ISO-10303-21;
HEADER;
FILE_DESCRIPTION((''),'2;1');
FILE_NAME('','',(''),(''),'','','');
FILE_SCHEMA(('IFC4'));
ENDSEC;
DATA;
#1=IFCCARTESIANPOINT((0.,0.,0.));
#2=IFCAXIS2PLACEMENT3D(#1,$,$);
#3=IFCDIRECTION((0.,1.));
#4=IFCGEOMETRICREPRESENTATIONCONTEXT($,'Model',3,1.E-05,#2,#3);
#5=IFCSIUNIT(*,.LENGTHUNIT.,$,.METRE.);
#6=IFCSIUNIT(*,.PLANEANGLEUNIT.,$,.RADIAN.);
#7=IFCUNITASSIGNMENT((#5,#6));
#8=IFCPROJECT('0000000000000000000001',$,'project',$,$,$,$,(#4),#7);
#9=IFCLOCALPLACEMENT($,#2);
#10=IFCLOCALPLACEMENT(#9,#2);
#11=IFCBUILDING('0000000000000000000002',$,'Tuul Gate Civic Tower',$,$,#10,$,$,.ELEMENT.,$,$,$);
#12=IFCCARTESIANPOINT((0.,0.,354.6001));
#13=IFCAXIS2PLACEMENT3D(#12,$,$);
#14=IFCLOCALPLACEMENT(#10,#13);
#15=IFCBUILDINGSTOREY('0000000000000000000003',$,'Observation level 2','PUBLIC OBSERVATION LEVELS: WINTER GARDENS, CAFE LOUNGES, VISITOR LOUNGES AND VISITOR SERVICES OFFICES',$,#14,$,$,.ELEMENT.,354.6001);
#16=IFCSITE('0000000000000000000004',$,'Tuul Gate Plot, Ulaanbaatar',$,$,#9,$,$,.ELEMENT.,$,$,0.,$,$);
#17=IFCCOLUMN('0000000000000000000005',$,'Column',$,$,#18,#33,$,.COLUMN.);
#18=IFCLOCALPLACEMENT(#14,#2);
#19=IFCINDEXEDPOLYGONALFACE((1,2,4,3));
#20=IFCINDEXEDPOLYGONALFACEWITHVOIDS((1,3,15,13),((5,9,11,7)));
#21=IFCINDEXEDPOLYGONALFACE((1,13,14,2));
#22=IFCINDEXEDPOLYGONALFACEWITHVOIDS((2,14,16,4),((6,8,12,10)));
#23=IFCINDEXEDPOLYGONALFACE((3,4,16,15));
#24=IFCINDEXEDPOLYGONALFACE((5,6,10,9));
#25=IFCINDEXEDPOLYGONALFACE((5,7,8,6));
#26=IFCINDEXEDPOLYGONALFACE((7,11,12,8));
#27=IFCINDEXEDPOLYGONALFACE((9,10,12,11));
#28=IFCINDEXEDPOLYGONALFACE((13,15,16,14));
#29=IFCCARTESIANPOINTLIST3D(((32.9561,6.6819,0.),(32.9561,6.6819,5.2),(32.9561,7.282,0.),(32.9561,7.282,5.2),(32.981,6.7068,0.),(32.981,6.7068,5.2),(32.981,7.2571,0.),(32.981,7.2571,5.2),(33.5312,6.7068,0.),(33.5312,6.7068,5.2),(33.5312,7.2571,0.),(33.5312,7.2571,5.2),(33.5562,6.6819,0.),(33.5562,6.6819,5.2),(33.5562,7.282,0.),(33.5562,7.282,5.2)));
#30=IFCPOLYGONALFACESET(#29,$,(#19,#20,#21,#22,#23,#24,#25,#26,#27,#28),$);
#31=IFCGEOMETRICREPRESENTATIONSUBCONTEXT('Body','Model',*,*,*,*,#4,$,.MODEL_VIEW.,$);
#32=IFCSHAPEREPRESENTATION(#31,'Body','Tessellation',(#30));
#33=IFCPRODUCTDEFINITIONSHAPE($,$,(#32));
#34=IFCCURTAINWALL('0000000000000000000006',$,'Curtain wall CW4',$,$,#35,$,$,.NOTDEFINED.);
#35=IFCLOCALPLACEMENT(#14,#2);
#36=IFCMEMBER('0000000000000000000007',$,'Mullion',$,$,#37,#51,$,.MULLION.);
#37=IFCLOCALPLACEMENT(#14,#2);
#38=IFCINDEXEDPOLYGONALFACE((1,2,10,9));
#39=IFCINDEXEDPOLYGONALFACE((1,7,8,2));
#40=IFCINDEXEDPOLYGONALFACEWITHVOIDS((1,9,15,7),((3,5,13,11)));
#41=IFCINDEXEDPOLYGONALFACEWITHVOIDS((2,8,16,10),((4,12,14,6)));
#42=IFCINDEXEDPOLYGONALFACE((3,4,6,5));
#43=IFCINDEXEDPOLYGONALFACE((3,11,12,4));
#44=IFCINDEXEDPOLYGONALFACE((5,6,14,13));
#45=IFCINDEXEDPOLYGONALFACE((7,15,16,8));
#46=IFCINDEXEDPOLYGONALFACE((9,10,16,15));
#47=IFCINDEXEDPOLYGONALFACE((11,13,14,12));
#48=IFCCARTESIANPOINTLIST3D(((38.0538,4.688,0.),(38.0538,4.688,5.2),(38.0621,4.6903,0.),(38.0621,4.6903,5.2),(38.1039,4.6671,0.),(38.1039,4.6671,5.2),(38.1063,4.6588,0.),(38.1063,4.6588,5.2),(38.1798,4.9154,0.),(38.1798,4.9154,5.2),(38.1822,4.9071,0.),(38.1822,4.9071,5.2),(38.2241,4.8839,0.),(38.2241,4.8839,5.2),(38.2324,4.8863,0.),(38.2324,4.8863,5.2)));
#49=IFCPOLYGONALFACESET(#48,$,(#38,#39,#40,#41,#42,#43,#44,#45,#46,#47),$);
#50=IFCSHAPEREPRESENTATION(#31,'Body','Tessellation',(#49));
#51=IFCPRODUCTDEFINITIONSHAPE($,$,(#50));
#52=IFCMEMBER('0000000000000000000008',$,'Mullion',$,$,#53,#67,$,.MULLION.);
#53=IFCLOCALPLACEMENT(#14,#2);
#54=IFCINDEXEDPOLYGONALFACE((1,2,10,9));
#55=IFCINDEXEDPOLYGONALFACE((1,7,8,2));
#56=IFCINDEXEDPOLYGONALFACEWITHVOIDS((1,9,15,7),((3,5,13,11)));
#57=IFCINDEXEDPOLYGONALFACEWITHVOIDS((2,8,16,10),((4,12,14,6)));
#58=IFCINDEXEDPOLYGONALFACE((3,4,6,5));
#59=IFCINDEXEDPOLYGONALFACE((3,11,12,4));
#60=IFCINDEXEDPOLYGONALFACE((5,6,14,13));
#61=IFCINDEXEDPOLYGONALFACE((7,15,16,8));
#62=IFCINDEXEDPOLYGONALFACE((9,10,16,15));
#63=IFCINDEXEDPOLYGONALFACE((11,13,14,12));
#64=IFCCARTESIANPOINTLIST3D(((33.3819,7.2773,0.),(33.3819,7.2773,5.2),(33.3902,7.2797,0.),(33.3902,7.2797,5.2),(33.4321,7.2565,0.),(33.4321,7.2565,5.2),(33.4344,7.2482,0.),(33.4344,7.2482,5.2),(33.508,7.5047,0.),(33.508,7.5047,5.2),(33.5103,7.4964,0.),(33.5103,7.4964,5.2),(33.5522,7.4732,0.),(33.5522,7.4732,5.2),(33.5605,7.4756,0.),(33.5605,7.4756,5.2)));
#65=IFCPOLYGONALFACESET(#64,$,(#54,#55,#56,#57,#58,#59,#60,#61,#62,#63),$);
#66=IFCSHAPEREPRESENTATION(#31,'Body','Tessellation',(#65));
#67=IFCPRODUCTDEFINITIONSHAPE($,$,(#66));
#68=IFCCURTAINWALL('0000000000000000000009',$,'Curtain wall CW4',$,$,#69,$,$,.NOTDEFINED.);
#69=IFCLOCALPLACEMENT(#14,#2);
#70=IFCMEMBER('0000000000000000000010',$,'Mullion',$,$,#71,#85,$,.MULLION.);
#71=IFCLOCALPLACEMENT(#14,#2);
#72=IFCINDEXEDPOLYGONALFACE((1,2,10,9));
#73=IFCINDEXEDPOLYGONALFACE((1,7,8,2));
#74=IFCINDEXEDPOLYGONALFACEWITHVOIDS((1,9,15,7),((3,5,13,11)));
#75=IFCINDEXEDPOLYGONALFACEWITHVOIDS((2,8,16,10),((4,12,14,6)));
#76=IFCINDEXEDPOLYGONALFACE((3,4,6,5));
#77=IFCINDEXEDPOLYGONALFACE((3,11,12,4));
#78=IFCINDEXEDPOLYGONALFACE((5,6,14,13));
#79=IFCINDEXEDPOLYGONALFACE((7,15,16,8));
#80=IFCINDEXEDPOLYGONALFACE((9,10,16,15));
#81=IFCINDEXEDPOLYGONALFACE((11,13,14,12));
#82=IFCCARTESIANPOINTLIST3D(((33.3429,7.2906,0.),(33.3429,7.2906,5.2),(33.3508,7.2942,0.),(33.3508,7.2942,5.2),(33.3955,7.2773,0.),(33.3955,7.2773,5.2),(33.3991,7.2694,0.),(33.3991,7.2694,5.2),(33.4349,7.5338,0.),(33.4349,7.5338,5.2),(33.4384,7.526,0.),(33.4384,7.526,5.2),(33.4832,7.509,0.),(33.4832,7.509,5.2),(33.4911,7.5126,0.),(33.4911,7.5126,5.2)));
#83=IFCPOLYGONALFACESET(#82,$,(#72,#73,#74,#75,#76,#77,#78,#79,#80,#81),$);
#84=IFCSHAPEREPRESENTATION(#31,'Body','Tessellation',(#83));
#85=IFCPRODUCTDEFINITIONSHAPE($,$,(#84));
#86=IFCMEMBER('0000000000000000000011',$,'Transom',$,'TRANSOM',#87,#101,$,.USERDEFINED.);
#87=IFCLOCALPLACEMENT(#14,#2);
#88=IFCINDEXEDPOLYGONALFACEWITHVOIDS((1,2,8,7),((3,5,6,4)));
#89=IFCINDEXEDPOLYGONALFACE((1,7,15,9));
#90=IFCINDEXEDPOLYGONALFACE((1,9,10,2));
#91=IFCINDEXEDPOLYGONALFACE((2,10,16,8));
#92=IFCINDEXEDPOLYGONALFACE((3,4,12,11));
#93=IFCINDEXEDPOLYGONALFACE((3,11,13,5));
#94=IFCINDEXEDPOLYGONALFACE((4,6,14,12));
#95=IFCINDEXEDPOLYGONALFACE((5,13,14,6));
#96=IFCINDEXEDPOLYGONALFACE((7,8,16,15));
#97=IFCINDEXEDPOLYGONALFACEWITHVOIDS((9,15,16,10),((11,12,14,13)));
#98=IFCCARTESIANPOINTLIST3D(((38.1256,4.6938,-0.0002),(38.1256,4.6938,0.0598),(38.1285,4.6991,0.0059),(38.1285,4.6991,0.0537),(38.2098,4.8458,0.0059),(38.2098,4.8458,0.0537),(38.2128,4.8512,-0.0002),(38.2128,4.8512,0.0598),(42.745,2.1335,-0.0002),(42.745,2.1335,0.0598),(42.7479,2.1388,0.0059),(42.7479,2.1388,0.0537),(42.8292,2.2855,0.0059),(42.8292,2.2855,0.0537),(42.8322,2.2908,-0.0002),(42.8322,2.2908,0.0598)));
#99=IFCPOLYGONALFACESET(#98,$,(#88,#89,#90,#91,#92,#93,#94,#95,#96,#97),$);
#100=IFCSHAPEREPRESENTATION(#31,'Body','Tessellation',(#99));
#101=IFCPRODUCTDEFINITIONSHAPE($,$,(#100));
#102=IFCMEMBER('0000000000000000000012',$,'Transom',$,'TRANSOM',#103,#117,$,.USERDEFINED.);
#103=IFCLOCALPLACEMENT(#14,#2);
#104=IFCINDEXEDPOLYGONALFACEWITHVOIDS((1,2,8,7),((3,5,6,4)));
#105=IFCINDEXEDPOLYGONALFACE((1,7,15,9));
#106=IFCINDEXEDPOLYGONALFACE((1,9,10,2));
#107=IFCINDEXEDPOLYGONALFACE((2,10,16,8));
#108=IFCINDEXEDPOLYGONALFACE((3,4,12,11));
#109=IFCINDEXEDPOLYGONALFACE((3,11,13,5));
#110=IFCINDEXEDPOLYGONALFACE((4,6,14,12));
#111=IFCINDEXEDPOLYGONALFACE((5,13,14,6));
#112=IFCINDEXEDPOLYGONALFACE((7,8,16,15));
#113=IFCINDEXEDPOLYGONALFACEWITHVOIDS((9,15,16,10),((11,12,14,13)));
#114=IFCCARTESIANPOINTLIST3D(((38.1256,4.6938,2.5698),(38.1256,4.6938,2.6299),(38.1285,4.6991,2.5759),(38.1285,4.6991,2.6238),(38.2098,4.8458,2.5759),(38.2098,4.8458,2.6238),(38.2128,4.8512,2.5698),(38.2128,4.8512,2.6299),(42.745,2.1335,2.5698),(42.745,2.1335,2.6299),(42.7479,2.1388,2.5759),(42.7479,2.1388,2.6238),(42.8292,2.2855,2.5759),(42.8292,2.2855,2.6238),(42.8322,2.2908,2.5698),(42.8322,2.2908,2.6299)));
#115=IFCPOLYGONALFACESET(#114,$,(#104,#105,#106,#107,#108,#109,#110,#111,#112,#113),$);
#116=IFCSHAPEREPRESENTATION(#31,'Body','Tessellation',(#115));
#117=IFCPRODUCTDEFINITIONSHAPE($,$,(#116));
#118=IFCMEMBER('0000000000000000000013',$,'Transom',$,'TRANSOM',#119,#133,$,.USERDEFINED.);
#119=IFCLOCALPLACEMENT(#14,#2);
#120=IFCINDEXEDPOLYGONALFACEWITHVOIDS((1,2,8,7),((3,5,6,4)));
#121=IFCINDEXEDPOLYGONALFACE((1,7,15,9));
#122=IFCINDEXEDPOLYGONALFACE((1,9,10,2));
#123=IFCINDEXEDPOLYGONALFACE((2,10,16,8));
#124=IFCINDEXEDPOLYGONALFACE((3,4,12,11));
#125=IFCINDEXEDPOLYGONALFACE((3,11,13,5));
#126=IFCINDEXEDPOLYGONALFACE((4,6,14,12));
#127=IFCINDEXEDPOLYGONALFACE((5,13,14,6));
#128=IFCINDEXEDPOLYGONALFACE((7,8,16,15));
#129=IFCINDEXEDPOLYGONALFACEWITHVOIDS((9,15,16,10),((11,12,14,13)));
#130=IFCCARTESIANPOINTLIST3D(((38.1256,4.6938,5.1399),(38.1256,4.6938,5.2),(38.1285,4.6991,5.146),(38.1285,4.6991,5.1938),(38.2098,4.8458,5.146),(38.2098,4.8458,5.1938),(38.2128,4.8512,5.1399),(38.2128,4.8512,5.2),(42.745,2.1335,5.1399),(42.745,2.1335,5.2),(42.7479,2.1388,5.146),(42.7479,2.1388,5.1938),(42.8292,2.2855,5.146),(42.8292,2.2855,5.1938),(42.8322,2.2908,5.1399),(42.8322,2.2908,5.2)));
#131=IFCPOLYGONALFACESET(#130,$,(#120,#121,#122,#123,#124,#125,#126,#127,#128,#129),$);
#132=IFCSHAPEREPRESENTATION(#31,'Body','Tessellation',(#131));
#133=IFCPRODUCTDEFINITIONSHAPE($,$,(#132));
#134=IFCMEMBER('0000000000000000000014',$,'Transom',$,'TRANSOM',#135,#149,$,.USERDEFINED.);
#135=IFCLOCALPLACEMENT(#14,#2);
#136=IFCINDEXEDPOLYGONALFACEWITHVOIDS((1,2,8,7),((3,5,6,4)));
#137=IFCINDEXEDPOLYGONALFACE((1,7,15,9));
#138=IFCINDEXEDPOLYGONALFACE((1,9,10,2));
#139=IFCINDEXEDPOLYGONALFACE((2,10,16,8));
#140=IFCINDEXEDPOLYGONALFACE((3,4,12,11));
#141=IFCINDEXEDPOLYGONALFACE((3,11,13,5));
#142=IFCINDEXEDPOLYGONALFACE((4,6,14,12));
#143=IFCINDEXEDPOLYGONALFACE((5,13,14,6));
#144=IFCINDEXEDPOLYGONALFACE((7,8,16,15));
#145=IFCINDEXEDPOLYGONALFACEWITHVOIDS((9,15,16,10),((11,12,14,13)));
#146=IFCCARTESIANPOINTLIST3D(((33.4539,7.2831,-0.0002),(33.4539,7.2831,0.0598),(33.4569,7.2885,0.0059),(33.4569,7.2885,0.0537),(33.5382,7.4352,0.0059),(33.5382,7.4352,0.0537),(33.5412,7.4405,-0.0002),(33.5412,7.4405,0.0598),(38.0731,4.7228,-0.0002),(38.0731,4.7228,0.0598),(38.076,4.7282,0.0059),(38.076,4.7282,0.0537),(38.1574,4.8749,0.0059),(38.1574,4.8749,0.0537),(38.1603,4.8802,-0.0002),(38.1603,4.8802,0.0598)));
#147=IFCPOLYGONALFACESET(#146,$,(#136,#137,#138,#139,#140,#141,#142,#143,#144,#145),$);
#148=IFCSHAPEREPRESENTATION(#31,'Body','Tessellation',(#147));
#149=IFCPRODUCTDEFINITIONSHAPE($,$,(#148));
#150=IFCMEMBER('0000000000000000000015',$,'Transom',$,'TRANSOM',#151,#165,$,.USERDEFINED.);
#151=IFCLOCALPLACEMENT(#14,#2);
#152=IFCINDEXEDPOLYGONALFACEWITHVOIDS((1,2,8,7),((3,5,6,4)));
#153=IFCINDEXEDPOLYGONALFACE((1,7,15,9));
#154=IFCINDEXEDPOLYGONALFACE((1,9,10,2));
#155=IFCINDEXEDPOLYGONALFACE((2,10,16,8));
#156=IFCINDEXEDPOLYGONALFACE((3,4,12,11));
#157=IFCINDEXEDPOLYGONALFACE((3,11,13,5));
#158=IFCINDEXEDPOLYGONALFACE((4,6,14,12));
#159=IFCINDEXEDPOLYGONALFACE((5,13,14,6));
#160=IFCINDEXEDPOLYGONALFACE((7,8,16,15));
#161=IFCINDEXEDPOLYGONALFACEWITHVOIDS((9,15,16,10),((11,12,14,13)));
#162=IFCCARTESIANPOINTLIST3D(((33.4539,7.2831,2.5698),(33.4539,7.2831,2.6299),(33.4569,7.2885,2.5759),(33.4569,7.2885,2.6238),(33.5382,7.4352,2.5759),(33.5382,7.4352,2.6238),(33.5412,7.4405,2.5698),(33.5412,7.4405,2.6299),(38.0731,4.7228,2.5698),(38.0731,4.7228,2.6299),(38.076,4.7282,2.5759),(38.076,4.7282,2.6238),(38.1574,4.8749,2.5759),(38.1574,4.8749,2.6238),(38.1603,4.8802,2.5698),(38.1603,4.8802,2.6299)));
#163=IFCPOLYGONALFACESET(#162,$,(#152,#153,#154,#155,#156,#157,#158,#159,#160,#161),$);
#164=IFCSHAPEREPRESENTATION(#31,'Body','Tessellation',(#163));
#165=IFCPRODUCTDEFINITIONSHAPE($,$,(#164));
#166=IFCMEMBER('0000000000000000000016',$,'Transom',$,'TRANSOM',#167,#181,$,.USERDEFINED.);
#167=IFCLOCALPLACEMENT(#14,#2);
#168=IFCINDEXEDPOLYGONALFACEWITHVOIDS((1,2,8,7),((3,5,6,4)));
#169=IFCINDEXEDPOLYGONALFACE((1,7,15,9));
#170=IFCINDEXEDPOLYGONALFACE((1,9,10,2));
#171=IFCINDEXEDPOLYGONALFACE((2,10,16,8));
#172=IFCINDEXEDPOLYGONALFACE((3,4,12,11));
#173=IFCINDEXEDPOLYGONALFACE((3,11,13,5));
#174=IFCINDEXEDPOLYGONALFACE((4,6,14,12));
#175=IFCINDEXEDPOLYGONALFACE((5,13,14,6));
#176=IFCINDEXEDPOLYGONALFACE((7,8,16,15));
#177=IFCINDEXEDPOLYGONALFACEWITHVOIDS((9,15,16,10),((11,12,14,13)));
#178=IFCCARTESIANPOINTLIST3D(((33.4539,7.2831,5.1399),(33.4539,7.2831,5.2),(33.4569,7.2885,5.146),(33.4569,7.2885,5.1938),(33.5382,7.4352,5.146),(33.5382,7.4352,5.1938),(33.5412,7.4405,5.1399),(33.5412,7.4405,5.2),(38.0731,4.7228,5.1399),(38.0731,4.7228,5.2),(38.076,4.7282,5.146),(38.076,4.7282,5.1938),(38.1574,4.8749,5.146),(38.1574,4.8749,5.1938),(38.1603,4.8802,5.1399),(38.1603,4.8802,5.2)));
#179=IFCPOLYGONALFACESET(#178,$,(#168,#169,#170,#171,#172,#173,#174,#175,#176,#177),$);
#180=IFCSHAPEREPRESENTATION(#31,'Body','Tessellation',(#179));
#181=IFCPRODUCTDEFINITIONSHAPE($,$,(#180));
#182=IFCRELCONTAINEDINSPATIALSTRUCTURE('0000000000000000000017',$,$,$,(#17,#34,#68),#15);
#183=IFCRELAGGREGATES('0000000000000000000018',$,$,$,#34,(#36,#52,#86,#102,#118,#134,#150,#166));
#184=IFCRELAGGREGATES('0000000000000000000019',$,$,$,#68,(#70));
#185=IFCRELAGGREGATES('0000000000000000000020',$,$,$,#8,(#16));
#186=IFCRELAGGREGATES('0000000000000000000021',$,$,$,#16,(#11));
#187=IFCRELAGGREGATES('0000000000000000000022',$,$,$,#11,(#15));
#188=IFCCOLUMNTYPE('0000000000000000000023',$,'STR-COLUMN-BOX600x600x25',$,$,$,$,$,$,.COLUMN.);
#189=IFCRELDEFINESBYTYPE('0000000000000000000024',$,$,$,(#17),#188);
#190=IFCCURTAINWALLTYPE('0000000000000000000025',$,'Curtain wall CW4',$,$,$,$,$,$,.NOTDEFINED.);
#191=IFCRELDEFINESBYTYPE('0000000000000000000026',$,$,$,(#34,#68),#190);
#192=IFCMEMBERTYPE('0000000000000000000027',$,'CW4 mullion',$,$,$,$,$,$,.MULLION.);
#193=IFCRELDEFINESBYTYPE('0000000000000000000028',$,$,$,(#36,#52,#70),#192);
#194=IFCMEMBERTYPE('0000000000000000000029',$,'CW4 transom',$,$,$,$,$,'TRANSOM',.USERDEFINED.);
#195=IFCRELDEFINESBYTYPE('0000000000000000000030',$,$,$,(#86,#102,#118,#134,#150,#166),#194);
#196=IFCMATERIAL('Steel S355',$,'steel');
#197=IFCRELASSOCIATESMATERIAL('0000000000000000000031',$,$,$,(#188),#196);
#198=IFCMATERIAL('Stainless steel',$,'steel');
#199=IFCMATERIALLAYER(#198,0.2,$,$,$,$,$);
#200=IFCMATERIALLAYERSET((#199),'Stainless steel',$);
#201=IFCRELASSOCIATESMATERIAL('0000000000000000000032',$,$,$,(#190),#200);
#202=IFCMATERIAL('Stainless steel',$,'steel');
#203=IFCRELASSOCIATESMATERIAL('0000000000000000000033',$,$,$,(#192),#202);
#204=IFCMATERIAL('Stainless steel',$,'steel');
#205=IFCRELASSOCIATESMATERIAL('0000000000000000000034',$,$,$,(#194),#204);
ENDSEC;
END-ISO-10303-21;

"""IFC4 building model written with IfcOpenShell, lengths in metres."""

from ifc_helpers import new_model, si_unit, direction, frame, origin, origin_2d, place, context, subcontext, project, spatial, hollow_rectangle, extrude, material, layer, layer_set, material_profile, profile_set, type_object, element, aggregate, save


model = new_model("IFC4")

# Units and contexts
model_context = context("Model", 3, precision=1e-05, world=origin(), true_north=direction((0.0, 1.0)))
body_context = subcontext(model_context, "Body", "Model", "MODEL_VIEW")
ifc_project = project(units=[si_unit("LENGTHUNIT", "METRE"), si_unit("PLANEANGLEUNIT", "RADIAN")], contexts=[model_context])

# Site, building, storey
site_placement = place(None, origin())
site = spatial("IfcSite", under=ifc_project, at=site_placement, Name="Tuul Gate Plot, Ulaanbaatar", CompositionType="ELEMENT", RefElevation=0.0)
building_placement = place(site_placement, origin())
building = spatial("IfcBuilding", under=site, at=building_placement, Name="Tuul Gate Civic Tower", CompositionType="ELEMENT")
storey_placement = place(building_placement, frame((0.0, 0.0, 354.6001)))
storey = spatial("IfcBuildingStorey", under=building, at=storey_placement, Name="Observation level 2", Description="PUBLIC OBSERVATION LEVELS: WINTER GARDENS, CAFE LOUNGES, VISITOR LOUNGES AND VISITOR SERVICES OFFICES", CompositionType="ELEMENT", Elevation=354.6001)

# Column
ifc_material_1 = material(Name="Steel S355", Category="steel")
ifc_material_profile_1 = material_profile(ifc_material_1, hollow_rectangle(XDim=0.6001, YDim=0.6001, WallThickness=0.0249, at=origin_2d()), Name="BOX600x600x25")
ifc_profile_set_1 = profile_set([ifc_material_profile_1], Name="Steel S355")
column_type = type_object("IfcColumnType", Name="STR-COLUMN-BOX600x600x25", PredefinedType="COLUMN", material=ifc_profile_set_1)
column_placement = place(storey_placement, frame((33.2561, 6.9819, 0.0), z_axis=(0.0, 0.0, 1.0), x_axis=(1.0, 0.0, 0.0)))
element("IfcColumn", 1, at=column_placement, inside=storey, type_object=column_type, Name="Column", PredefinedType="COLUMN", context=body_context, shape_type="SweptSolid", body=[
    extrude(hollow_rectangle(XDim=0.6001, YDim=0.6001, WallThickness=0.0249, at=origin_2d()), origin(), (0.0, 0.0, 1.0), 5.2),
])

# Curtain wall, members
ifc_material_2 = material(Name="Stainless steel", Category="steel")
ifc_layer_1 = layer(ifc_material_2, 0.2)
ifc_layer_set_1 = layer_set([ifc_layer_1], Name="Stainless steel")
curtain_wall_type = type_object("IfcCurtainWallType", Name="Curtain wall CW4", PredefinedType="NOTDEFINED", material=ifc_layer_set_1)
curtain_wall_1_placement = place(storey_placement, origin())
curtain_wall_1 = element("IfcCurtainWall", 2, at=curtain_wall_1_placement, inside=storey, type_object=curtain_wall_type, Name="Curtain wall CW4", PredefinedType="NOTDEFINED")
ifc_material_3 = material(Name="Stainless steel", Category="steel")
ifc_material_profile_2 = material_profile(ifc_material_3, hollow_rectangle(XDim=0.26, YDim=0.0601, WallThickness=0.0061, at=origin_2d()), Name="CW4 mullion")
ifc_profile_set_2 = profile_set([ifc_material_profile_2], Name="Stainless steel")
member_type_1 = type_object("IfcMemberType", Name="CW4 mullion", PredefinedType="MULLION", material=ifc_profile_set_2)
member_1_placement = place(storey_placement, frame((38.1431, 4.7871, 0.0), z_axis=(0.0, 0.0, 1.0), x_axis=(-0.484789, -0.874631, 0.0)))
member_1 = element("IfcMember", 3, at=member_1_placement, type_object=member_type_1, Name="Mullion", PredefinedType="MULLION", context=body_context, shape_type="SweptSolid", body=[
    extrude(hollow_rectangle(XDim=0.26, YDim=0.0601, WallThickness=0.0061, at=origin_2d()), origin(), (0.0, 0.0, 1.0), 5.2),
])
member_2_placement = place(storey_placement, frame((33.4712, 7.3765, 0.0), z_axis=(0.0, 0.0, 1.0), x_axis=(-0.484789, -0.874631, 0.0)))
member_2 = element("IfcMember", 4, at=member_2_placement, type_object=member_type_1, Name="Mullion", PredefinedType="MULLION", context=body_context, shape_type="SweptSolid", body=[
    extrude(hollow_rectangle(XDim=0.26, YDim=0.0601, WallThickness=0.0061, at=origin_2d()), origin(), (0.0, 0.0, 1.0), 5.2),
])

# Curtain wall, member
curtain_wall_2_placement = place(storey_placement, origin())
curtain_wall_2 = element("IfcCurtainWall", 5, at=curtain_wall_2_placement, inside=storey, type_object=curtain_wall_type, Name="Curtain wall CW4", PredefinedType="NOTDEFINED")
member_3_placement = place(storey_placement, frame((33.417, 7.4016, 0.0), z_axis=(0.0, 0.0, 1.0), x_axis=(-0.353734, -0.935346, 0.0)))
member_3 = element("IfcMember", 6, at=member_3_placement, type_object=member_type_1, Name="Mullion", PredefinedType="MULLION", context=body_context, shape_type="SweptSolid", body=[
    extrude(hollow_rectangle(XDim=0.26, YDim=0.0601, WallThickness=0.0061, at=origin_2d()), origin(), (0.0, 0.0, 1.0), 5.2),
])

# Members
ifc_material_4 = material(Name="Stainless steel", Category="steel")
ifc_material_profile_3 = material_profile(ifc_material_4, hollow_rectangle(XDim=0.1799, YDim=0.0601, WallThickness=0.0061, at=origin_2d()), Name="CW4 transom")
ifc_profile_set_3 = profile_set([ifc_material_profile_3], Name="Stainless steel")
member_type_2 = type_object("IfcMemberType", Name="CW4 transom", ElementType="TRANSOM", PredefinedType="USERDEFINED", material=ifc_profile_set_3)
member_4_placement = place(storey_placement, frame((42.7886, 2.2122, 0.0298), z_axis=(-0.874641, 0.484771, 0.0), x_axis=(-0.484771, -0.874641, 0.0)))
member_4 = element("IfcMember", 7, at=member_4_placement, type_object=member_type_2, Name="Transom", ObjectType="TRANSOM", PredefinedType="USERDEFINED", context=body_context, shape_type="SweptSolid", body=[
    extrude(hollow_rectangle(XDim=0.1799, YDim=0.0601, WallThickness=0.0061, at=origin_2d()), origin(), (0.0, 0.0, 1.0), 5.2815),
])
member_5_placement = place(storey_placement, frame((42.7886, 2.2122, 2.5999), z_axis=(-0.874641, 0.484771, 0.0), x_axis=(-0.484771, -0.874641, 0.0)))
member_5 = element("IfcMember", 8, at=member_5_placement, type_object=member_type_2, Name="Transom", ObjectType="TRANSOM", PredefinedType="USERDEFINED", context=body_context, shape_type="SweptSolid", body=[
    extrude(hollow_rectangle(XDim=0.1799, YDim=0.0601, WallThickness=0.0061, at=origin_2d()), origin(), (0.0, 0.0, 1.0), 5.2815),
])
member_6_placement = place(storey_placement, frame((42.7886, 2.2122, 5.1699), z_axis=(-0.874641, 0.484771, 0.0), x_axis=(-0.484771, -0.874641, 0.0)))
member_6 = element("IfcMember", 9, at=member_6_placement, type_object=member_type_2, Name="Transom", ObjectType="TRANSOM", PredefinedType="USERDEFINED", context=body_context, shape_type="SweptSolid", body=[
    extrude(hollow_rectangle(XDim=0.1799, YDim=0.0601, WallThickness=0.0061, at=origin_2d()), origin(), (0.0, 0.0, 1.0), 5.2815),
])
member_7_placement = place(storey_placement, frame((38.1167, 4.8015, 0.0298), z_axis=(-0.87463, 0.484791, 0.0), x_axis=(-0.484791, -0.87463, 0.0)))
member_7 = element("IfcMember", 10, at=member_7_placement, type_object=member_type_2, Name="Transom", ObjectType="TRANSOM", PredefinedType="USERDEFINED", context=body_context, shape_type="SweptSolid", body=[
    extrude(hollow_rectangle(XDim=0.1799, YDim=0.0601, WallThickness=0.0061, at=origin_2d()), origin(), (0.0, 0.0, 1.0), 5.2812),
])
member_8_placement = place(storey_placement, frame((38.1167, 4.8015, 2.5999), z_axis=(-0.87463, 0.484791, 0.0), x_axis=(-0.484791, -0.87463, 0.0)))
member_8 = element("IfcMember", 11, at=member_8_placement, type_object=member_type_2, Name="Transom", ObjectType="TRANSOM", PredefinedType="USERDEFINED", context=body_context, shape_type="SweptSolid", body=[
    extrude(hollow_rectangle(XDim=0.1799, YDim=0.0601, WallThickness=0.0061, at=origin_2d()), origin(), (0.0, 0.0, 1.0), 5.2812),
])
member_9_placement = place(storey_placement, frame((38.1167, 4.8015, 5.1699), z_axis=(-0.87463, 0.484791, 0.0), x_axis=(-0.484791, -0.87463, 0.0)))
member_9 = element("IfcMember", 12, at=member_9_placement, type_object=member_type_2, Name="Transom", ObjectType="TRANSOM", PredefinedType="USERDEFINED", context=body_context, shape_type="SweptSolid", body=[
    extrude(hollow_rectangle(XDim=0.1799, YDim=0.0601, WallThickness=0.0061, at=origin_2d()), origin(), (0.0, 0.0, 1.0), 5.2812),
])

aggregate(curtain_wall_1, [member_1, member_2, member_4, member_5, member_6, member_7, member_8, member_9])
aggregate(curtain_wall_2, [member_3])

save(model, "model.ifc")
